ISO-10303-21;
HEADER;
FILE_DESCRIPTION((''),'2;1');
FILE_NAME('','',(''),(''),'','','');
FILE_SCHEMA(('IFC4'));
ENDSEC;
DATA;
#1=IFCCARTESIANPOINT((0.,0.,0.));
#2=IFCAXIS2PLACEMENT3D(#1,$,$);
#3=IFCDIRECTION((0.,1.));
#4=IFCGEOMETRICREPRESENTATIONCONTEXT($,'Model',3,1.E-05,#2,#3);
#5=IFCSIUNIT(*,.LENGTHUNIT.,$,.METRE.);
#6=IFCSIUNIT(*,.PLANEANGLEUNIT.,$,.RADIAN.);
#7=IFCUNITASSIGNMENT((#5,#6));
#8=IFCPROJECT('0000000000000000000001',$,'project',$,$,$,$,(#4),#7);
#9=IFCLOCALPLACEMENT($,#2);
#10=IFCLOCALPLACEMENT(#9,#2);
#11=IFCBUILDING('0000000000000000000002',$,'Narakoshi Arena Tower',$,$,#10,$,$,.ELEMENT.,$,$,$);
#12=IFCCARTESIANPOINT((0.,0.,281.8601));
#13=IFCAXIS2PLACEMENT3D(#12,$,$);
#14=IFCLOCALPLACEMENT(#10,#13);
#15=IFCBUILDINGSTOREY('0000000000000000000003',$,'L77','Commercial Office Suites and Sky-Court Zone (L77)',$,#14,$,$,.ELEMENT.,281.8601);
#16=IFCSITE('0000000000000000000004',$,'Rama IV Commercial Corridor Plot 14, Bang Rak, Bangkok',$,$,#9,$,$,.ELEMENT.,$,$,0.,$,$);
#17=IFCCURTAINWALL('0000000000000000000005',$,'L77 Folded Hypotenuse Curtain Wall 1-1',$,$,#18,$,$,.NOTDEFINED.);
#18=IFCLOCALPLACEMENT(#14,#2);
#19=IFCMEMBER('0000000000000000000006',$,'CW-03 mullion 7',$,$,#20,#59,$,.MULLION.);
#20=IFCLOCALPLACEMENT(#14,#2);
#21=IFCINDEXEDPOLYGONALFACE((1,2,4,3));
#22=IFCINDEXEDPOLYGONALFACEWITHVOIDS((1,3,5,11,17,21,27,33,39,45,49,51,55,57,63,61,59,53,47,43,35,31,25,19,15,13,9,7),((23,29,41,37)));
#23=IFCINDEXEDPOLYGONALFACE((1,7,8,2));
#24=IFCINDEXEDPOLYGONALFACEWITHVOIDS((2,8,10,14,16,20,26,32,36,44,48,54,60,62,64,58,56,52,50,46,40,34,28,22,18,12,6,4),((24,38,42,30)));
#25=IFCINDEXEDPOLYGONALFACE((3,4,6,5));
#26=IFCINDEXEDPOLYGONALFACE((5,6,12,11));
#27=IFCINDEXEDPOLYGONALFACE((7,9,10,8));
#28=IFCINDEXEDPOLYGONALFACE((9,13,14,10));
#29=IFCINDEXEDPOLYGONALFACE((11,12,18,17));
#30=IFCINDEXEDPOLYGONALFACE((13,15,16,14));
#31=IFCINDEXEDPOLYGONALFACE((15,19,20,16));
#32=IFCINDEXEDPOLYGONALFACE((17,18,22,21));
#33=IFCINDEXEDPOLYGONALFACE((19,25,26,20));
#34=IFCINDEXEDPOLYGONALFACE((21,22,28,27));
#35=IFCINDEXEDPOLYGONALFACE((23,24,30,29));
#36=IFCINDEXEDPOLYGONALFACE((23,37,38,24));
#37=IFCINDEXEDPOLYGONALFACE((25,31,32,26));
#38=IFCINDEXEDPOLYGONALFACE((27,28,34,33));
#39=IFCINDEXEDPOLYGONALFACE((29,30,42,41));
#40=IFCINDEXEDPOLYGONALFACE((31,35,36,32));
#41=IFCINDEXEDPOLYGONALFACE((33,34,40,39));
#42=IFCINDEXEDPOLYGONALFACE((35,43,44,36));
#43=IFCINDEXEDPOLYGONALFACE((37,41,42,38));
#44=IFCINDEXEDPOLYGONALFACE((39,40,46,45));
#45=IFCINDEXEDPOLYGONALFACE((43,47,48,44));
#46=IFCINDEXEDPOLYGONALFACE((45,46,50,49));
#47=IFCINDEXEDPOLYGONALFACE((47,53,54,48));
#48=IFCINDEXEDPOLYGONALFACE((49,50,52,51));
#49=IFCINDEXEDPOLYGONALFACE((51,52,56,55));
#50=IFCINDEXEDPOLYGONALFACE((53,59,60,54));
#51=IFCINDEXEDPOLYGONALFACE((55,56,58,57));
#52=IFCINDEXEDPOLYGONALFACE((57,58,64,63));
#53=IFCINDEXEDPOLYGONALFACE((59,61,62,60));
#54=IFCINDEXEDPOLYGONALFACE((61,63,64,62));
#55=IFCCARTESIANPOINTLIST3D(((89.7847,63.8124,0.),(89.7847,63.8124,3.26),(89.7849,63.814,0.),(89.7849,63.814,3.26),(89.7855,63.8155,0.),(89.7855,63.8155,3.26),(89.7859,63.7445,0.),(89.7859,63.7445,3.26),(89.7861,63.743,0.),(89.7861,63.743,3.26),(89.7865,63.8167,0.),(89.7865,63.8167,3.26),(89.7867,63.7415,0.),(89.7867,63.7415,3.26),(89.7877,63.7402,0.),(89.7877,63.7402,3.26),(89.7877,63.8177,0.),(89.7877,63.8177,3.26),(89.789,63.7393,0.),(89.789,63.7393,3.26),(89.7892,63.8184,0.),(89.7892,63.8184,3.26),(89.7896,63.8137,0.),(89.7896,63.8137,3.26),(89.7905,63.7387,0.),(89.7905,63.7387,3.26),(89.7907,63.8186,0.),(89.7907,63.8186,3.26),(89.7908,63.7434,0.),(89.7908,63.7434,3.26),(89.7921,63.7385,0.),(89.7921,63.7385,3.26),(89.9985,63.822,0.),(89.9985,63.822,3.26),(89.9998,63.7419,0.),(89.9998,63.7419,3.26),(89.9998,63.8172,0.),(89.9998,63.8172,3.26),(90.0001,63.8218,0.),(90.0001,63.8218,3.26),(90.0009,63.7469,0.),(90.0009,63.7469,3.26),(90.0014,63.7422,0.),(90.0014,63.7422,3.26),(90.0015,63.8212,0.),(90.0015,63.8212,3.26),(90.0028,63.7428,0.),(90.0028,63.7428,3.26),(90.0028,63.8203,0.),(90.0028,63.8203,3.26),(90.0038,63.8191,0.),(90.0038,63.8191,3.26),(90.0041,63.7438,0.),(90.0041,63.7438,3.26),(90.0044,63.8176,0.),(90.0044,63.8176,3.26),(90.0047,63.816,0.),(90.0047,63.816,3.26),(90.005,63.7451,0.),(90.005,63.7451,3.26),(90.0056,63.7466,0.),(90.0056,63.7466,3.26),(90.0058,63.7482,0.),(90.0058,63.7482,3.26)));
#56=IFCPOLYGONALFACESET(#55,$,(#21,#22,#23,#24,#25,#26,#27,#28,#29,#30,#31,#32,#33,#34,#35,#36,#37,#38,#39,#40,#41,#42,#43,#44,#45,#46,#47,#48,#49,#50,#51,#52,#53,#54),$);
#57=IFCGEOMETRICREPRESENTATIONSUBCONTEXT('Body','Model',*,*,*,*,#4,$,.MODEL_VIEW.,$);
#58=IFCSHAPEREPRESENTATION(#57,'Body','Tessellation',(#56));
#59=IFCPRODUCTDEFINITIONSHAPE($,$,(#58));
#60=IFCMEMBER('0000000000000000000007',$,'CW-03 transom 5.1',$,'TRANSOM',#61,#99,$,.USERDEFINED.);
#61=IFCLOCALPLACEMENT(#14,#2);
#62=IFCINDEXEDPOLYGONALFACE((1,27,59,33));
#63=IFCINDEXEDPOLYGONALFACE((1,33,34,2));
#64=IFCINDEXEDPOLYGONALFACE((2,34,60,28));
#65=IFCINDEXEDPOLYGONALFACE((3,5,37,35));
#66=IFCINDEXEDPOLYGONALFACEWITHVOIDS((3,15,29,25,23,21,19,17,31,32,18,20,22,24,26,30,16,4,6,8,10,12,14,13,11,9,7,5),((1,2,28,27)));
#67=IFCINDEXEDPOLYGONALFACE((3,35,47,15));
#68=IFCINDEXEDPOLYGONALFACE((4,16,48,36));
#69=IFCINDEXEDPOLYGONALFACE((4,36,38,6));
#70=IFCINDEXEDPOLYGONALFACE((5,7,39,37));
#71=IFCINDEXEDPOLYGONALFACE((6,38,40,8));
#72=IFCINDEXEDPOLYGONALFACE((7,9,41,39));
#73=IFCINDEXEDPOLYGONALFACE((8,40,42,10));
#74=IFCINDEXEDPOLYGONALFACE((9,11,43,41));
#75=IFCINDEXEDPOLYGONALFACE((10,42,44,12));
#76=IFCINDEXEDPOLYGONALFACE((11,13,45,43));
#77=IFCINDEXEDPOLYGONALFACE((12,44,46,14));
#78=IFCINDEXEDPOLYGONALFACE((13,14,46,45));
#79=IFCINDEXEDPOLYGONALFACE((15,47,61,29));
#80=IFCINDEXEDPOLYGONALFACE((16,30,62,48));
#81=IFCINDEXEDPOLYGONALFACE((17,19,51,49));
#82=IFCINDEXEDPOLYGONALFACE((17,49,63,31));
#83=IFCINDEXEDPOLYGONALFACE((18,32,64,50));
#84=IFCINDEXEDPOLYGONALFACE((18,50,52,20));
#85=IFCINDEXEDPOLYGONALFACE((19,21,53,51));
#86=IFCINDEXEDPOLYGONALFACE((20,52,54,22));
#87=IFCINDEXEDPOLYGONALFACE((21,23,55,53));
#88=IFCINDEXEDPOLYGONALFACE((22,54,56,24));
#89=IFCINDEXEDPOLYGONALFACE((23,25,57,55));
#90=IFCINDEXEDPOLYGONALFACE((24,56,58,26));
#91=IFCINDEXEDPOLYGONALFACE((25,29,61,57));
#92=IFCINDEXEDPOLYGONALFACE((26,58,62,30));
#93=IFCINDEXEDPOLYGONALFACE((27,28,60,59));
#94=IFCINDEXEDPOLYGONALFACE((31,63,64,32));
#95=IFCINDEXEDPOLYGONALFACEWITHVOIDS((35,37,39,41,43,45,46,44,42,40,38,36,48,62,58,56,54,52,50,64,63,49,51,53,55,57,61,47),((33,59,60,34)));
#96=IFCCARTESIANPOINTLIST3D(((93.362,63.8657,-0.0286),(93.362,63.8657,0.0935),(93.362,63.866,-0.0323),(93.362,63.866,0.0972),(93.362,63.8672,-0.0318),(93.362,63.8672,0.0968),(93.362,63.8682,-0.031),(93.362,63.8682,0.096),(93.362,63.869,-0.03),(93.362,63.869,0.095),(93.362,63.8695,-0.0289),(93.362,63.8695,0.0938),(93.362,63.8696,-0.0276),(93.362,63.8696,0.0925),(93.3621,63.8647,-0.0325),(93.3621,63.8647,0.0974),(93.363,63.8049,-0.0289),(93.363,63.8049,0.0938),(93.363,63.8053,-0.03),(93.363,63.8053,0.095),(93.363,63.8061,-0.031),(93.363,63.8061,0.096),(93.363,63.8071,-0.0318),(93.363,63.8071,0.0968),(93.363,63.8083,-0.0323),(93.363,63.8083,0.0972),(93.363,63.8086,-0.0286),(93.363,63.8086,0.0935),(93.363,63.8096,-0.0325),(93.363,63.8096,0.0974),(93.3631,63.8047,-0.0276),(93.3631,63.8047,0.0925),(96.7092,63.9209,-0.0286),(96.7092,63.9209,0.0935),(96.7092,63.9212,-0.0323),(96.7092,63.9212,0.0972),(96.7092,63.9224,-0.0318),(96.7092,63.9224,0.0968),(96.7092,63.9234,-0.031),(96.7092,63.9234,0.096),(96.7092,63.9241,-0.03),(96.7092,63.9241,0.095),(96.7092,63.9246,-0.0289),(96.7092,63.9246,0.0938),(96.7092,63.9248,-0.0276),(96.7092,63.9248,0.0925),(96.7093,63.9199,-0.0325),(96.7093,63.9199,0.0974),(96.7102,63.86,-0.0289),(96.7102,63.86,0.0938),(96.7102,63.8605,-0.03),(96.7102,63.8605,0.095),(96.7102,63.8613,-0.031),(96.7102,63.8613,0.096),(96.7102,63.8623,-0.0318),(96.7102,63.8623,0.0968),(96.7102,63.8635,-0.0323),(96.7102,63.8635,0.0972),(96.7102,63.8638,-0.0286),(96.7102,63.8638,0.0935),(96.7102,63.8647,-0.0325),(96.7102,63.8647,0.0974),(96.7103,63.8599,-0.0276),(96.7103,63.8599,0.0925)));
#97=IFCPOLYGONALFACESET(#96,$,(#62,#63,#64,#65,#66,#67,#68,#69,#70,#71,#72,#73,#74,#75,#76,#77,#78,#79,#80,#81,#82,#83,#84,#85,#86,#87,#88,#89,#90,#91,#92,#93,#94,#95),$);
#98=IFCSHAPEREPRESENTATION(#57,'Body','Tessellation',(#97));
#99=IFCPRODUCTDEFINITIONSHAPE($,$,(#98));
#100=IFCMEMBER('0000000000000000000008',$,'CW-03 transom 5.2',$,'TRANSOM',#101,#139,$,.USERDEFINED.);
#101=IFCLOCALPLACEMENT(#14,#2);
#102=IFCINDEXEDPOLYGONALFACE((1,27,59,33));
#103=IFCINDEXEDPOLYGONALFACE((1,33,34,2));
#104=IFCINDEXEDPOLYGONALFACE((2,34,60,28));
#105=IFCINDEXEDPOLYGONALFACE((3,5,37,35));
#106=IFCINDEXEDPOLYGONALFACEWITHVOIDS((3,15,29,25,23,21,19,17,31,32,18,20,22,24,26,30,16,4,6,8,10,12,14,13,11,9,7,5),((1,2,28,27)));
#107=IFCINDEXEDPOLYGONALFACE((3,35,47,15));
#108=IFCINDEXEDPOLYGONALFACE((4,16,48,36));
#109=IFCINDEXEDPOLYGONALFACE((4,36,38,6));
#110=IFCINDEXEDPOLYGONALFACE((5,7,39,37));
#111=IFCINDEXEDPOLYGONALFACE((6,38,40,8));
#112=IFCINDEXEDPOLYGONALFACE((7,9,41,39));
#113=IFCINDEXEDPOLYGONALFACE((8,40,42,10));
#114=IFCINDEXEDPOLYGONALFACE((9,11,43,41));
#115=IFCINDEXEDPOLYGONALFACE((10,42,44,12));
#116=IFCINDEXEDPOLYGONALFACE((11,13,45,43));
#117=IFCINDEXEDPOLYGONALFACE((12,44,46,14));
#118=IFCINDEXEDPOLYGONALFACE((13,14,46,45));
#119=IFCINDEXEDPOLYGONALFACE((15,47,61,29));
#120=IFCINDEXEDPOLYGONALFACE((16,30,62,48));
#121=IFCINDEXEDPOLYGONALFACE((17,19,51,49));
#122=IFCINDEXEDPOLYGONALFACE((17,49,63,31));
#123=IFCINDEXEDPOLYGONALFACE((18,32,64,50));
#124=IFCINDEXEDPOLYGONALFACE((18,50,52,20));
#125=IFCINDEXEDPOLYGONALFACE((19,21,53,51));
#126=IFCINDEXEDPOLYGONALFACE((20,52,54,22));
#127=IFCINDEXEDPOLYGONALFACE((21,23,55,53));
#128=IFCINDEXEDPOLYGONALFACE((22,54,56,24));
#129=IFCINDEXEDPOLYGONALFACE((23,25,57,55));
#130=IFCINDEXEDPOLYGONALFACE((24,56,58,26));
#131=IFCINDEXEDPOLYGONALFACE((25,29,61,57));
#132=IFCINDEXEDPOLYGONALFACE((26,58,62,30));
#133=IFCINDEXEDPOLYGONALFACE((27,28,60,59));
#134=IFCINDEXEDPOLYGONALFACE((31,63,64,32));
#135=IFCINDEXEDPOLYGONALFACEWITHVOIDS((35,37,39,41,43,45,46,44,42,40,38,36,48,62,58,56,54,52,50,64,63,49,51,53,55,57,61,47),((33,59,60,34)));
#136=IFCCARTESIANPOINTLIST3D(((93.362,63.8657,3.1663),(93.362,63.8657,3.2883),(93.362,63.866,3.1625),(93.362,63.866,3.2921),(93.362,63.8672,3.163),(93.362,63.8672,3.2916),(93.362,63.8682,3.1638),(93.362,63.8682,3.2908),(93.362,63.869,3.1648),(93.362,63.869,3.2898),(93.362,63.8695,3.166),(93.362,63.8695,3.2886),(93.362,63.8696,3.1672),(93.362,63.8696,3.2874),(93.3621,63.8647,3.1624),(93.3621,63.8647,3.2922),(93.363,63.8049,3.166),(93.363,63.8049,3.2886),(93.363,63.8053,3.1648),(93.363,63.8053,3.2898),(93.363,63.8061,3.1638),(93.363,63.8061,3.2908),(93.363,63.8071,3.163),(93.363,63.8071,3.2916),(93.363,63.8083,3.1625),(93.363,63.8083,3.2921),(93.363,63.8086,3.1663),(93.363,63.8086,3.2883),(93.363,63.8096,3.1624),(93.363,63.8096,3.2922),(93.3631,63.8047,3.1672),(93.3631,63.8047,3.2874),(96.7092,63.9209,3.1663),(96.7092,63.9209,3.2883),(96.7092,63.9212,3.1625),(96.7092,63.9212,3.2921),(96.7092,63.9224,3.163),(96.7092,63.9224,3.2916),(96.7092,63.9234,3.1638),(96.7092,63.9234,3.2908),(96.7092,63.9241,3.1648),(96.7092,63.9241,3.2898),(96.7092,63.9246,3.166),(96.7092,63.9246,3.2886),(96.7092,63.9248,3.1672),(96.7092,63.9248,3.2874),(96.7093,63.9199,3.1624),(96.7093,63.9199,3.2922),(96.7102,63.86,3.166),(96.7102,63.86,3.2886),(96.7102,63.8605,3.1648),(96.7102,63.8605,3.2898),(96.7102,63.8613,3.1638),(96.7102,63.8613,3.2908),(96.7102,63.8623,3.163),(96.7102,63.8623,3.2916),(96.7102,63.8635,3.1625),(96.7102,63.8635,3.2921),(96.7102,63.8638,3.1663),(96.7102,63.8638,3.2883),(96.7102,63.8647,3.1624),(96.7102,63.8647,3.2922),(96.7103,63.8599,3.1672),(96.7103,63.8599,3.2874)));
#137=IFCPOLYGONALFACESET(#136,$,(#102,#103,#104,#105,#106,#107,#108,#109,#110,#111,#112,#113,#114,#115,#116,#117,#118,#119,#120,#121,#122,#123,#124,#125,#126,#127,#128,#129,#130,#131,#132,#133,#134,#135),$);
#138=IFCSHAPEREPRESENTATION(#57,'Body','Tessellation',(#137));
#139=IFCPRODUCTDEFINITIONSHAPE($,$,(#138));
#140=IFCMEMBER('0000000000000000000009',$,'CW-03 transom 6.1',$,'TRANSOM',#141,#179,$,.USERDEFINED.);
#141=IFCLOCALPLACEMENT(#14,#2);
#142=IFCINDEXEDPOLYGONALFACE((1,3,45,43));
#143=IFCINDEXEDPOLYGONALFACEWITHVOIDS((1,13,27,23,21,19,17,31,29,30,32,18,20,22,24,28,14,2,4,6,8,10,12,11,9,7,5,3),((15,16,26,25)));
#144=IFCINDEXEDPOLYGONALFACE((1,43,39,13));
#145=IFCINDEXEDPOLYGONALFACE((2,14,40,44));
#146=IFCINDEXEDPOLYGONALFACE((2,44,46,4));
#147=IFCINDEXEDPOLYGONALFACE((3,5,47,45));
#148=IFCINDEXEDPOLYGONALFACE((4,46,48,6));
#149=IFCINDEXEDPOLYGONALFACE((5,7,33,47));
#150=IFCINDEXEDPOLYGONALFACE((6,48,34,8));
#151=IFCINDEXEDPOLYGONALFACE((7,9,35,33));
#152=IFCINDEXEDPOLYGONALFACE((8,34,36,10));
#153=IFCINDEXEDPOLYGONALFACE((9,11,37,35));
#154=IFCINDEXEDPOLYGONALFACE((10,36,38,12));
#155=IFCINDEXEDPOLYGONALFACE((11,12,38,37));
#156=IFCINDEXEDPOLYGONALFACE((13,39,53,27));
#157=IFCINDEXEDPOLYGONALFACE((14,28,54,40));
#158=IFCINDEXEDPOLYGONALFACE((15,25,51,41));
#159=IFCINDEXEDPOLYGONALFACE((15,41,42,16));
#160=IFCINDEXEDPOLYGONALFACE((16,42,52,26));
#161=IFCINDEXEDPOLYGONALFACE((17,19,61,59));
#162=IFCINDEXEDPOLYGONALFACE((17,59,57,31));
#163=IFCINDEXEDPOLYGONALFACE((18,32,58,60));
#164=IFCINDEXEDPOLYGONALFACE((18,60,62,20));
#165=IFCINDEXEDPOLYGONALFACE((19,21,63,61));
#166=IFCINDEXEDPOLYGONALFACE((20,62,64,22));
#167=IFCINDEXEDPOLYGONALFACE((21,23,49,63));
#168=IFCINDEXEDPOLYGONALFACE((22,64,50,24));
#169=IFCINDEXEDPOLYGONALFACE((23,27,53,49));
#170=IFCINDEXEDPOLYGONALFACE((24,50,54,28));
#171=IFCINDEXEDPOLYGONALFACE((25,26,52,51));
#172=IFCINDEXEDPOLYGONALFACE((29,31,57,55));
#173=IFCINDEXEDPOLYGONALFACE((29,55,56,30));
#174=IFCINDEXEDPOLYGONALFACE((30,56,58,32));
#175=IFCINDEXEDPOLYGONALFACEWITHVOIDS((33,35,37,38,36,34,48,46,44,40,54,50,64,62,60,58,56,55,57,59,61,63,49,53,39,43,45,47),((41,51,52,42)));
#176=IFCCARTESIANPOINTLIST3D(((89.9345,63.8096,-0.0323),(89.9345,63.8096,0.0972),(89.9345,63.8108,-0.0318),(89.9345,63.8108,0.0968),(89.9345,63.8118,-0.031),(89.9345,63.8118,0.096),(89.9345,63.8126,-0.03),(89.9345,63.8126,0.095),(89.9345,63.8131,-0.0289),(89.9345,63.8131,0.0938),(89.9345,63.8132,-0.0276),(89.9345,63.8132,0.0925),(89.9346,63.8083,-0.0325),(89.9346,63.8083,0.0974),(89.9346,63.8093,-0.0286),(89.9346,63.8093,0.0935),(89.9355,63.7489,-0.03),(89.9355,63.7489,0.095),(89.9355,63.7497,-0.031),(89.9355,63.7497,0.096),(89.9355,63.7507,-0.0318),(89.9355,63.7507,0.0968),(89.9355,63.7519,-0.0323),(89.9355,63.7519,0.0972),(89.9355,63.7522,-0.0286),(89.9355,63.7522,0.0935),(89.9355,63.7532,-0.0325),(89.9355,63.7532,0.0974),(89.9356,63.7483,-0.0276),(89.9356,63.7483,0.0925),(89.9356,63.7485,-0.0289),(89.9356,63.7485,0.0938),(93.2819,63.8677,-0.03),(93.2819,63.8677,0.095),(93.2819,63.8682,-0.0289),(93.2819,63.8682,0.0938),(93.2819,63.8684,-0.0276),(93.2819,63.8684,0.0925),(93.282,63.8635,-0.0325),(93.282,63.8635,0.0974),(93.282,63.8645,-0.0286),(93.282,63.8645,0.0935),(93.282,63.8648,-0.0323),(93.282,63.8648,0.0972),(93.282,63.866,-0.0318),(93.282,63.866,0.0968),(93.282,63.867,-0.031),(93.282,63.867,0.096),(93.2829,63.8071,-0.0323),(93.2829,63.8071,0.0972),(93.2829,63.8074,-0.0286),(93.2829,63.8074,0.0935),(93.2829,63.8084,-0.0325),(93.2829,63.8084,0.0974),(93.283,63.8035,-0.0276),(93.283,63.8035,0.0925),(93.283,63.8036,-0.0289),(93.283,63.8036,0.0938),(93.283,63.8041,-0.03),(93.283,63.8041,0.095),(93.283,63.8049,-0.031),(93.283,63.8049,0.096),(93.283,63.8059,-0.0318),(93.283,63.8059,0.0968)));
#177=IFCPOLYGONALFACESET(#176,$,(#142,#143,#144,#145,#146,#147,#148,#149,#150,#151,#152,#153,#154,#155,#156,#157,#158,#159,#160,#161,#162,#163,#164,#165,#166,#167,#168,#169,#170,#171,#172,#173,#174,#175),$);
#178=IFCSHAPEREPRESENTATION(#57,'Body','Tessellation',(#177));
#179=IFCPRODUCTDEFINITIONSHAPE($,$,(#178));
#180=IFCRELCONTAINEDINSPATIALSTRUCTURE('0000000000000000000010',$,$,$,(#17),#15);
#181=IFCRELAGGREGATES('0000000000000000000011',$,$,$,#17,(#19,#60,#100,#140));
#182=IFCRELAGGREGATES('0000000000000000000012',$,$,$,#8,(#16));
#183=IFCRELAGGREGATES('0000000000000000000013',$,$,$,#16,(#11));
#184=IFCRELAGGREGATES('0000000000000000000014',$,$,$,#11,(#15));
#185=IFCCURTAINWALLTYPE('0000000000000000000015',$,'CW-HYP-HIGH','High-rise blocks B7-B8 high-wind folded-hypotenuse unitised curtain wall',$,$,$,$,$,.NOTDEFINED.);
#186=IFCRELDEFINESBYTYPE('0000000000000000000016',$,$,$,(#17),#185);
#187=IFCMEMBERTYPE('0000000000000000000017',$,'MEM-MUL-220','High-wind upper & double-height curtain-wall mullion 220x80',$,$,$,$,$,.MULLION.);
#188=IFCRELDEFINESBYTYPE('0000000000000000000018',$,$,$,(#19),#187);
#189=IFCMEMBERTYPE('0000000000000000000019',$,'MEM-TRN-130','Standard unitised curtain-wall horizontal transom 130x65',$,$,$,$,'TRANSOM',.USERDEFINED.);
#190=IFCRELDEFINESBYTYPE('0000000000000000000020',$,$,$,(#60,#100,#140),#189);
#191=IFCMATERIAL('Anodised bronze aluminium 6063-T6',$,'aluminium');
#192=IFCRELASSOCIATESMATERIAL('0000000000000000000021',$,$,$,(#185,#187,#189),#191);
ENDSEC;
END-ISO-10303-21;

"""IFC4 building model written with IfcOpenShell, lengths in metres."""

from ifc_helpers import new_model, si_unit, direction, frame, origin, origin_2d, place, context, subcontext, project, spatial, hollow_rectangle, extrude, material, material_profile, profile_set, type_object, element, aggregate, save


model = new_model("IFC4")

# Units and contexts
model_context = context("Model", 3, precision=1e-05, world=origin(), true_north=direction((0.0, 1.0)))
body_context = subcontext(model_context, "Body", "Model", "MODEL_VIEW")
ifc_project = project(units=[si_unit("LENGTHUNIT", "METRE"), si_unit("PLANEANGLEUNIT", "RADIAN")], contexts=[model_context])

# Site, building, storey
site_placement = place(None, origin())
site = spatial("IfcSite", under=ifc_project, at=site_placement, Name="Rama IV Commercial Corridor Plot 14, Bang Rak, Bangkok", CompositionType="ELEMENT", RefElevation=0.0)
building_placement = place(site_placement, origin())
building = spatial("IfcBuilding", under=site, at=building_placement, Name="Narakoshi Arena Tower", CompositionType="ELEMENT")
storey_placement = place(building_placement, frame((0.0, 0.0, 281.8601)))
storey = spatial("IfcBuildingStorey", under=building, at=storey_placement, Name="L77", Description="Commercial Office Suites and Sky-Court Zone (L77)", CompositionType="ELEMENT", Elevation=281.8601)

# Curtain wall, members
ifc_material_1 = material(Name="Anodised bronze aluminium 6063-T6", Category="aluminium")
curtain_wall_type = type_object("IfcCurtainWallType", Name="CW-HYP-HIGH", Description="High-rise blocks B7-B8 high-wind folded-hypotenuse unitised curtain wall", PredefinedType="NOTDEFINED", material=ifc_material_1)
curtain_wall_placement = place(storey_placement, origin())
curtain_wall = element("IfcCurtainWall", 1, at=curtain_wall_placement, inside=storey, type_object=curtain_wall_type, Name="L77 Folded Hypotenuse Curtain Wall 1-1", PredefinedType="NOTDEFINED")
ifc_material_profile_1 = material_profile(ifc_material_1, hollow_rectangle(XDim=0.0801, YDim=0.22, WallThickness=0.0049, OuterFilletRadius=0.0061, at=origin_2d()), Name="MUL220x80x5")
ifc_profile_set_1 = profile_set([ifc_material_profile_1], Name="Anodised bronze aluminium 6063-T6")
member_type_1 = type_object("IfcMemberType", Name="MEM-MUL-220", Description="High-wind upper & double-height curtain-wall mullion 220x80", PredefinedType="MULLION", material=ifc_profile_set_1)
member_1_placement = place(storey_placement, frame((89.8953, 63.7803, 0.0), z_axis=(0.0, 0.0, 1.0), x_axis=(0.016443, -0.999865, 0.0)))
member_1 = element("IfcMember", 2, at=member_1_placement, type_object=member_type_1, Name="CW-03 mullion 7", PredefinedType="MULLION", context=body_context, shape_type="SweptSolid", body=[
    extrude(hollow_rectangle(XDim=0.0801, YDim=0.22, WallThickness=0.0049, OuterFilletRadius=0.0061, at=origin_2d()), origin(), (0.0, 0.0, 1.0), 3.26),
])
ifc_material_profile_2 = material_profile(ifc_material_1, hollow_rectangle(XDim=0.0649, YDim=0.1299, WallThickness=0.0039, OuterFilletRadius=0.0049, at=origin_2d()), Name="TRN130x65x4")
ifc_profile_set_2 = profile_set([ifc_material_profile_2], Name="Anodised bronze aluminium 6063-T6")
member_type_2 = type_object("IfcMemberType", Name="MEM-TRN-130", Description="Standard unitised curtain-wall horizontal transom 130x65", ElementType="TRANSOM", PredefinedType="USERDEFINED", material=ifc_profile_set_2)
member_2_placement = place(storey_placement, frame((96.7097, 63.8923, 0.0325), z_axis=(-0.999864, -0.016482, 0.0), x_axis=(0.016482, -0.999864, 0.0)))
member_2 = element("IfcMember", 3, at=member_2_placement, type_object=member_type_2, Name="CW-03 transom 5.1", ObjectType="TRANSOM", PredefinedType="USERDEFINED", context=body_context, shape_type="SweptSolid", body=[
    extrude(hollow_rectangle(XDim=0.0649, YDim=0.1299, WallThickness=0.0039, OuterFilletRadius=0.0049, at=origin_2d()), origin(), (0.0, 0.0, 1.0), 3.3477),
])
member_3_placement = place(storey_placement, frame((96.7097, 63.8923, 3.2273), z_axis=(-0.999864, -0.016482, 0.0), x_axis=(0.016482, -0.999864, 0.0)))
member_3 = element("IfcMember", 4, at=member_3_placement, type_object=member_type_2, Name="CW-03 transom 5.2", ObjectType="TRANSOM", PredefinedType="USERDEFINED", context=body_context, shape_type="SweptSolid", body=[
    extrude(hollow_rectangle(XDim=0.0649, YDim=0.1299, WallThickness=0.0039, OuterFilletRadius=0.0049, at=origin_2d()), origin(), (0.0, 0.0, 1.0), 3.3477),
])
member_4_placement = place(storey_placement, frame((93.2825, 63.8359, 0.0325), z_axis=(-0.999864, -0.016481, 0.0), x_axis=(0.016481, -0.999864, 0.0)))
member_4 = element("IfcMember", 5, at=member_4_placement, type_object=member_type_2, Name="CW-03 transom 6.1", ObjectType="TRANSOM", PredefinedType="USERDEFINED", context=body_context, shape_type="SweptSolid", body=[
    extrude(hollow_rectangle(XDim=0.0649, YDim=0.1299, WallThickness=0.0039, OuterFilletRadius=0.0049, at=origin_2d()), origin(), (0.0, 0.0, 1.0), 3.3479),
])
aggregate(curtain_wall, [member_1, member_2, member_3, member_4])

save(model, "model.ifc")
